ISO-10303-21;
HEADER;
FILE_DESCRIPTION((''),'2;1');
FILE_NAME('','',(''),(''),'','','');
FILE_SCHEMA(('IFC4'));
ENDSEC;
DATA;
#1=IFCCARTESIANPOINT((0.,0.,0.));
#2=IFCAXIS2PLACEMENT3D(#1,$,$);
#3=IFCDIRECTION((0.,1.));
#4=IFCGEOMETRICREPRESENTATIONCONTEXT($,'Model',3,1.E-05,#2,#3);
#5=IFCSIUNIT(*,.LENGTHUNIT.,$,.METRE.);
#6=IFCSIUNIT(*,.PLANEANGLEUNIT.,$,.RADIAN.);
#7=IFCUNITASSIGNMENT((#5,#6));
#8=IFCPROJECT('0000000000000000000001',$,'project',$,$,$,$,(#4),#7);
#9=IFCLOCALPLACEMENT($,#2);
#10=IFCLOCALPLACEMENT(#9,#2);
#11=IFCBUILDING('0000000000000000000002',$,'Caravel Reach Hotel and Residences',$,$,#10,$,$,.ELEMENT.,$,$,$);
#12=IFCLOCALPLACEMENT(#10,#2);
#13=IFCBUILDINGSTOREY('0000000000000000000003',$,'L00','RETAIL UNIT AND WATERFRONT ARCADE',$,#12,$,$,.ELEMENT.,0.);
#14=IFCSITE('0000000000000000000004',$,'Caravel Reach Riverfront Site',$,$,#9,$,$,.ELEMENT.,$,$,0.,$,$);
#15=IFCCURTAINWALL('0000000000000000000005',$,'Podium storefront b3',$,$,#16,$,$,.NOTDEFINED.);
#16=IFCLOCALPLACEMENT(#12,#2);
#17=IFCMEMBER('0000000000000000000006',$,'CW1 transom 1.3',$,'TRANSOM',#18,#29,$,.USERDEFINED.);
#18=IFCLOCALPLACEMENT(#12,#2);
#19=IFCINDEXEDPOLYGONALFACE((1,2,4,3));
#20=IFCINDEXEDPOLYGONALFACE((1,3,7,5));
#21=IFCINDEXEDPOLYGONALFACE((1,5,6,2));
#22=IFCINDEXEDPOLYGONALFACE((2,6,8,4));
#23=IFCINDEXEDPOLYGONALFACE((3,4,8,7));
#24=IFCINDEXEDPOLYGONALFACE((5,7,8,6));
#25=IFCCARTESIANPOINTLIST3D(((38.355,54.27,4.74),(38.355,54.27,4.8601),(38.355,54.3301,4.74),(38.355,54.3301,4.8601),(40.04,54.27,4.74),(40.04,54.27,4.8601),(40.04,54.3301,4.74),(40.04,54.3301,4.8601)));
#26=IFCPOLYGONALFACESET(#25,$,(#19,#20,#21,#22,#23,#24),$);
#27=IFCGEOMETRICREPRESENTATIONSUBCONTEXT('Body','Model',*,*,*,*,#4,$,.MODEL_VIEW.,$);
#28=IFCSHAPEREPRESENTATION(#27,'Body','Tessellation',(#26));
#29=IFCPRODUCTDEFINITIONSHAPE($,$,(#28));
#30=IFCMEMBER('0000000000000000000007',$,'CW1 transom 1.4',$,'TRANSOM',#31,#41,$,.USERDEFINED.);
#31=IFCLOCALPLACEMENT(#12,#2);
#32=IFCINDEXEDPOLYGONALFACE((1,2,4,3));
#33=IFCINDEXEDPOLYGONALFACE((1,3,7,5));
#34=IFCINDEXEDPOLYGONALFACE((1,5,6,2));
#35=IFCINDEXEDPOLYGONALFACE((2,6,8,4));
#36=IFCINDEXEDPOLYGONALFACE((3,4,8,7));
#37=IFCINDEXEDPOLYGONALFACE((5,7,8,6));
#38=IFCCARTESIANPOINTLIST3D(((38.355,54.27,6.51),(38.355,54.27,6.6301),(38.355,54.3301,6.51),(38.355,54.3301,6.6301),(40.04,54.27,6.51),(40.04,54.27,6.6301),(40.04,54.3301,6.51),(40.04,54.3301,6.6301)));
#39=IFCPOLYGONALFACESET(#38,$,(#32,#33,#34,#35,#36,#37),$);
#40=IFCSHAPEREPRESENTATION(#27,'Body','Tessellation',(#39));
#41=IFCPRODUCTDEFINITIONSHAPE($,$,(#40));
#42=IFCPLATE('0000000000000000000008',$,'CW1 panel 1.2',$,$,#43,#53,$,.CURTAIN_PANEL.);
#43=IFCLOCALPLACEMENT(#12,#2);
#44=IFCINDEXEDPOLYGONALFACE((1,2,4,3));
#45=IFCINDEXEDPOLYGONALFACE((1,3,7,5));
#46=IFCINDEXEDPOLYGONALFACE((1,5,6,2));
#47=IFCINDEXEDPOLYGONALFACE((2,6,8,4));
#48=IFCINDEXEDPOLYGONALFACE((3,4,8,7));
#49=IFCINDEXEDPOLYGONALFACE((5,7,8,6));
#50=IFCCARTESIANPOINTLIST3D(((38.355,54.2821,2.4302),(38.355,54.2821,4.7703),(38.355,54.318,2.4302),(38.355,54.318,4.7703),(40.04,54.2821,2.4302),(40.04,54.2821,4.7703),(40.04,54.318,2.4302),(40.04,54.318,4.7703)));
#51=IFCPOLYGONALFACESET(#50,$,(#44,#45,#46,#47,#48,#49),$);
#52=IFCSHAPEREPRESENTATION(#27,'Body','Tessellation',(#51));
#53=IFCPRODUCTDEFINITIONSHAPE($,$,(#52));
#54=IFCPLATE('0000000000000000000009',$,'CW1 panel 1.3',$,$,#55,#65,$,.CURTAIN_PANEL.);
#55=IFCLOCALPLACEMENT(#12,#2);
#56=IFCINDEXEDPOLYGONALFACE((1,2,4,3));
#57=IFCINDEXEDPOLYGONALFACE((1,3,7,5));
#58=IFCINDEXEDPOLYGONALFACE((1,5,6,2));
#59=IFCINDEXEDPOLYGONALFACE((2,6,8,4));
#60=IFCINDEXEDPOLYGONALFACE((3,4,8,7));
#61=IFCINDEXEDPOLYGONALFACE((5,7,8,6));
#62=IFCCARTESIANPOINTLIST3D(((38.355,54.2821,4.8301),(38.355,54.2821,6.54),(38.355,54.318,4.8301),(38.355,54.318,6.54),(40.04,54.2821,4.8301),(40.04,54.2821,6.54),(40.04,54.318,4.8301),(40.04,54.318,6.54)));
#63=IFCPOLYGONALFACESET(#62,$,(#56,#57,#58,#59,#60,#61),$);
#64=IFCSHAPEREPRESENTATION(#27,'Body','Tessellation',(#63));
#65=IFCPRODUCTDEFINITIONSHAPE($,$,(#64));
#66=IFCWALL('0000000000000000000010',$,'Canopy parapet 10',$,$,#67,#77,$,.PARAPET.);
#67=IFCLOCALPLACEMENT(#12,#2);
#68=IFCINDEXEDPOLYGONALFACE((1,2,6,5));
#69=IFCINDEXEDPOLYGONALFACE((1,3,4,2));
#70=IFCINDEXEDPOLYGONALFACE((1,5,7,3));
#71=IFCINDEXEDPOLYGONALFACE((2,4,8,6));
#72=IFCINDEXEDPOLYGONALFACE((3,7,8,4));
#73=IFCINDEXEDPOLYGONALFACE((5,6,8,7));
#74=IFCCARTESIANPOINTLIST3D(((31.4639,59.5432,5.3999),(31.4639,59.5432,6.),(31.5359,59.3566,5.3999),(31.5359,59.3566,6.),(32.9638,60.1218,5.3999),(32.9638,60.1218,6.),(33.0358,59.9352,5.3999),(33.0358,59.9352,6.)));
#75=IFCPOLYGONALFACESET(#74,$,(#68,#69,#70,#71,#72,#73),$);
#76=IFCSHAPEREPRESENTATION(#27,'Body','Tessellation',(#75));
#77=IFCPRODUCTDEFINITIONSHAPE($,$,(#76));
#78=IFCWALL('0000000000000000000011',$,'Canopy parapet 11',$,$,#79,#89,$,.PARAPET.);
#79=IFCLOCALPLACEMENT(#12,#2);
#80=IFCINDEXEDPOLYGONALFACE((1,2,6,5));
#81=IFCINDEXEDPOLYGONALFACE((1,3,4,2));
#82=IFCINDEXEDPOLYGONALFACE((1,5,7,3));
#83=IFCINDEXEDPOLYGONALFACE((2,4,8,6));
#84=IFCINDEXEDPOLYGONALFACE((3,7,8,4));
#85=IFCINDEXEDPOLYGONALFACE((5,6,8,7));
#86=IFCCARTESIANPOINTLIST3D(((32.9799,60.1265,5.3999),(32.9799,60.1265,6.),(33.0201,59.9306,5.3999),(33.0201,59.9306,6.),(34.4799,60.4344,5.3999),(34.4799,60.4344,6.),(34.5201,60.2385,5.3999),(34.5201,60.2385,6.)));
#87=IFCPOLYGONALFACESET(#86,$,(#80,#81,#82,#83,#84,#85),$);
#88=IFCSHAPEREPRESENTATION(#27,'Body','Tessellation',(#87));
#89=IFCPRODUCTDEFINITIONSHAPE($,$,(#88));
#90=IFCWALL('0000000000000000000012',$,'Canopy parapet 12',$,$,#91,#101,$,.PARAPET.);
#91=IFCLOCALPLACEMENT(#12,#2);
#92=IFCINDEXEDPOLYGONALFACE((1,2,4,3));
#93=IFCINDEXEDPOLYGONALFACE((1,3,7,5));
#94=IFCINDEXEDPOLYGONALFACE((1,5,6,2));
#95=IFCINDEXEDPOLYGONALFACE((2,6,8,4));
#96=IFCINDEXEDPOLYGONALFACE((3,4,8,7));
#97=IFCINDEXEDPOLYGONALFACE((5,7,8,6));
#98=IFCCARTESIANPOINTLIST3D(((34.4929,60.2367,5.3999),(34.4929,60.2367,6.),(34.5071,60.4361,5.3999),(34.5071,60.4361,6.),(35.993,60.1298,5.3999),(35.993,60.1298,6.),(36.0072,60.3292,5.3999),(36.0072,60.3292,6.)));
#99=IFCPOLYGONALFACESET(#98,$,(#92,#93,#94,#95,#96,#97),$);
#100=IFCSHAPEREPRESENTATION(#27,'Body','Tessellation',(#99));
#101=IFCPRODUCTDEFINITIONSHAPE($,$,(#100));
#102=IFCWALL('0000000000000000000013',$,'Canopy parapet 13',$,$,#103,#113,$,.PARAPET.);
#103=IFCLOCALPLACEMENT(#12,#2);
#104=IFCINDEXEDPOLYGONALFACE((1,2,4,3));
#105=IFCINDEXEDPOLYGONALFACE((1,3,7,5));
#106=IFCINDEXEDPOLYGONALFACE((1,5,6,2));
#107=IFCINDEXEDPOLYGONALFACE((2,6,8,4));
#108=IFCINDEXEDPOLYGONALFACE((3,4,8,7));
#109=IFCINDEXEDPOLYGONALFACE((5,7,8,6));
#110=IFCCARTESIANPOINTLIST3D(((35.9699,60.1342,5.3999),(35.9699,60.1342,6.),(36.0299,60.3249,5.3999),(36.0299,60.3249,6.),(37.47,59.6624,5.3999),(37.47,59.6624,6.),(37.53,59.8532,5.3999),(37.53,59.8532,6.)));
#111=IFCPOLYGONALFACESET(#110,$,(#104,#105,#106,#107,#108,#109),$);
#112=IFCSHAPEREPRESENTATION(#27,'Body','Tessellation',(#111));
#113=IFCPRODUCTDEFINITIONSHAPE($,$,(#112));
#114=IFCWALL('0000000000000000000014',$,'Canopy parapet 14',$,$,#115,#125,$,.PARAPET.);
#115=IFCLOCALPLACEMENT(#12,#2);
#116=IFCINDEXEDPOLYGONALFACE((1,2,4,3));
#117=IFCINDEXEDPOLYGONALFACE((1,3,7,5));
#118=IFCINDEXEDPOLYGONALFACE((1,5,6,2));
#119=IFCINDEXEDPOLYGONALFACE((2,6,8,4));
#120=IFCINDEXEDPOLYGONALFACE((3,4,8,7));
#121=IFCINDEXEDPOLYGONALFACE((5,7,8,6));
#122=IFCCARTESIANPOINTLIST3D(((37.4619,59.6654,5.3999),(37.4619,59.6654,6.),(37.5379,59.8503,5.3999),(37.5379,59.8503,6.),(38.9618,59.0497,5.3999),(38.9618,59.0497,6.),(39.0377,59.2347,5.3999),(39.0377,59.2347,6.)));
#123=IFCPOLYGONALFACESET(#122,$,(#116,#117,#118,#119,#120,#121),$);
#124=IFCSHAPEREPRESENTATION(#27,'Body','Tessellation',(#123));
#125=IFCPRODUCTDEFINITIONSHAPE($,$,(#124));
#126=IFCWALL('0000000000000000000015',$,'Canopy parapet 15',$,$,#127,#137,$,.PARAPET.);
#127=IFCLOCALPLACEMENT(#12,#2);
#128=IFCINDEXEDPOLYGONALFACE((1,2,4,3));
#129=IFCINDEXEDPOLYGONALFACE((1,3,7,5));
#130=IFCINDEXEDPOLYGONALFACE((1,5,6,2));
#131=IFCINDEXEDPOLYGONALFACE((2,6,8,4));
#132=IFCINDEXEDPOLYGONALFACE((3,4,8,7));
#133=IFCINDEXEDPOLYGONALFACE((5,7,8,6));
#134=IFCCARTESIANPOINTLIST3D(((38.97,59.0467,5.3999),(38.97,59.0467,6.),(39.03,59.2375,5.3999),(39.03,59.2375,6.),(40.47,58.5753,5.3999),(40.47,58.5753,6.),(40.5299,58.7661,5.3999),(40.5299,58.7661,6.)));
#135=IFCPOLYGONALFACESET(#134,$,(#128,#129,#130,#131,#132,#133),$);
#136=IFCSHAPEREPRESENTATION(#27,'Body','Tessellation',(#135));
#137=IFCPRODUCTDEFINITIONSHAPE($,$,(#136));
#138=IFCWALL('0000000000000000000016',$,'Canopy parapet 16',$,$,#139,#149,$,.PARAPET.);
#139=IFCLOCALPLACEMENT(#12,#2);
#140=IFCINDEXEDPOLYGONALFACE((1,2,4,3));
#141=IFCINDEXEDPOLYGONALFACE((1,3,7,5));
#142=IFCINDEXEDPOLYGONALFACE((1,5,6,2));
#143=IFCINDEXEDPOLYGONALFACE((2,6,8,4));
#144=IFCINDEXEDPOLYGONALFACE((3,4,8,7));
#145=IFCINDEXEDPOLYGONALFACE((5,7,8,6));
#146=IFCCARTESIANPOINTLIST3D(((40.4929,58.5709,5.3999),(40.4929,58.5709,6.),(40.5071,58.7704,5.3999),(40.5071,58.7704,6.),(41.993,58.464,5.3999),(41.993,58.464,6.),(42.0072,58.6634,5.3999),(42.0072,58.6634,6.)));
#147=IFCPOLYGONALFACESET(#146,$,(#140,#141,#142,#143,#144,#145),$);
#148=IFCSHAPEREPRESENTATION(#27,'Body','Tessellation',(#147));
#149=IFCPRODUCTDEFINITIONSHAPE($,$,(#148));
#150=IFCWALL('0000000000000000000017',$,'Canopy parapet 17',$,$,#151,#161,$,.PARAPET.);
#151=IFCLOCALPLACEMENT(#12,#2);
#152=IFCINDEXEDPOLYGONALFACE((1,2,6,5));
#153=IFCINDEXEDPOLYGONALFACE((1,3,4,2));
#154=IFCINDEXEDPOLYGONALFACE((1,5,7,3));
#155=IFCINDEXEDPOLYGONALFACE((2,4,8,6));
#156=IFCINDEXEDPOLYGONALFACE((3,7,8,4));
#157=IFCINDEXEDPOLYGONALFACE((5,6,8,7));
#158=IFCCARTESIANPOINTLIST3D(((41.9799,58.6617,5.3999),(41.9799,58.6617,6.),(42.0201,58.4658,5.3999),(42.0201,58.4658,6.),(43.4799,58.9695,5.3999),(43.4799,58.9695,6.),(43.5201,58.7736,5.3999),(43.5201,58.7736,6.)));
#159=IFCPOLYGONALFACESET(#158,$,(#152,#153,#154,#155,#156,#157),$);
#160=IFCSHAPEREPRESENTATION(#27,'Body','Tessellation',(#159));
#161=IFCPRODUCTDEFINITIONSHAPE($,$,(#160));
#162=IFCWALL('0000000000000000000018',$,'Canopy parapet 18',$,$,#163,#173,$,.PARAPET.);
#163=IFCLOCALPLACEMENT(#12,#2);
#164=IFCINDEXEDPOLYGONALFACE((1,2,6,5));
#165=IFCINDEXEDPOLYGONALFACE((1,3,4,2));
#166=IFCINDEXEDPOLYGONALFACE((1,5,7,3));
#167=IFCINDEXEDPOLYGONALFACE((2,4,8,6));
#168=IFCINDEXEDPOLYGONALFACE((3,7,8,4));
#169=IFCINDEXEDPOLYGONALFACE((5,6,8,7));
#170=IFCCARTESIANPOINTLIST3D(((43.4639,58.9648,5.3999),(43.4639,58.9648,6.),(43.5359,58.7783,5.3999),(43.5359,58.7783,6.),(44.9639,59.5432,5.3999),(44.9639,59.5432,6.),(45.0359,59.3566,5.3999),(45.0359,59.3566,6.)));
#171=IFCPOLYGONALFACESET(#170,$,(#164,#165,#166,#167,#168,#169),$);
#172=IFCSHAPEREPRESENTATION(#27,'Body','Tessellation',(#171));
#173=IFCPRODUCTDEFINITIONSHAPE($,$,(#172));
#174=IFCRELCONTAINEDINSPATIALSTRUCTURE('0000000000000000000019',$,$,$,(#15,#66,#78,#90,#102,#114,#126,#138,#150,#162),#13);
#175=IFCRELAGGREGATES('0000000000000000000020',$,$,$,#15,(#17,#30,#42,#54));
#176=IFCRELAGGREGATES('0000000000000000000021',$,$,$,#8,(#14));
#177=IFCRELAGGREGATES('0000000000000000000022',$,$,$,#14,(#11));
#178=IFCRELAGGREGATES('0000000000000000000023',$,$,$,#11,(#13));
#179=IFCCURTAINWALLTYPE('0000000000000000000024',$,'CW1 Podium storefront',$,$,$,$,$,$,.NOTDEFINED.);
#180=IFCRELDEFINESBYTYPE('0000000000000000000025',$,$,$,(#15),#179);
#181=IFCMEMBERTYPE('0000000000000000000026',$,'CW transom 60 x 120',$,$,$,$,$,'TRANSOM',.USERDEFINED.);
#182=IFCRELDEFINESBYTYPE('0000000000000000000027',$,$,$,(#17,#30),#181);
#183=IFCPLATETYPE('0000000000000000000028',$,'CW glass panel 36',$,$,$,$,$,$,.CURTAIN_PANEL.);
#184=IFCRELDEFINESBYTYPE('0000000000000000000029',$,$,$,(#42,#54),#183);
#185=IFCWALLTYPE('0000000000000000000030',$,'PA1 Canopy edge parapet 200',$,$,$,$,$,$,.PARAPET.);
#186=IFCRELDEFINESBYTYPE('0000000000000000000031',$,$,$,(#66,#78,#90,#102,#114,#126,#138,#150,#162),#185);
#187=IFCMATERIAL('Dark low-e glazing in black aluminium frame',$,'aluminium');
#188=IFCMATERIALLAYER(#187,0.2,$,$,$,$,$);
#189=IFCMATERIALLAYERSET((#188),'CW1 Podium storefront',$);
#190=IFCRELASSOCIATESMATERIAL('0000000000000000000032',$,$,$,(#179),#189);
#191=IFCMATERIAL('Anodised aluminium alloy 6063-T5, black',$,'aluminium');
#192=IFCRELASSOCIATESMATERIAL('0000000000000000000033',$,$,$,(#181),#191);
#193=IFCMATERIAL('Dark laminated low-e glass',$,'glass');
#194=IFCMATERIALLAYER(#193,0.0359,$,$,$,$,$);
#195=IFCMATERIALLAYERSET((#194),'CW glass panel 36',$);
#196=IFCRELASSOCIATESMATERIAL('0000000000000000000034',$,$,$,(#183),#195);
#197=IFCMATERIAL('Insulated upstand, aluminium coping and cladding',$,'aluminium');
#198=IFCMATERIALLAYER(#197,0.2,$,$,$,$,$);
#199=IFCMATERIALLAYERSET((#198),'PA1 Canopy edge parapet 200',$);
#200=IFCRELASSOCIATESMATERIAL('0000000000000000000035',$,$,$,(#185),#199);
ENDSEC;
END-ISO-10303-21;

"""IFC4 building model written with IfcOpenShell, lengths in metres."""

from ifc_helpers import new_model, si_unit, direction, frame, frame_2d, origin, origin_2d, place, context, subcontext, project, spatial, rectangle, extrude, material, layer, layer_set, material_profile, profile_set, type_object, element, aggregate, save


model = new_model("IFC4")

# Units and contexts
model_context = context("Model", 3, precision=1e-05, world=origin(), true_north=direction((0.0, 1.0)))
body_context = subcontext(model_context, "Body", "Model", "MODEL_VIEW")
ifc_project = project(units=[si_unit("LENGTHUNIT", "METRE"), si_unit("PLANEANGLEUNIT", "RADIAN")], contexts=[model_context])

# Site, building, storey
site_placement = place(None, origin())
site = spatial("IfcSite", under=ifc_project, at=site_placement, Name="Caravel Reach Riverfront Site", CompositionType="ELEMENT", RefElevation=0.0)
building_placement = place(site_placement, origin())
building = spatial("IfcBuilding", under=site, at=building_placement, Name="Caravel Reach Hotel and Residences", CompositionType="ELEMENT")
storey_placement = place(building_placement, origin())
storey = spatial("IfcBuildingStorey", under=building, at=storey_placement, Name="L00", Description="RETAIL UNIT AND WATERFRONT ARCADE", CompositionType="ELEMENT", Elevation=0.0)

# Curtain wall, members, plates
ifc_material_1 = material(Name="Dark low-e glazing in black aluminium frame", Category="aluminium")
ifc_layer_1 = layer(ifc_material_1, 0.2)
ifc_layer_set_1 = layer_set([ifc_layer_1], Name="CW1 Podium storefront")
curtain_wall_type = type_object("IfcCurtainWallType", Name="CW1 Podium storefront", PredefinedType="NOTDEFINED", material=ifc_layer_set_1)
curtain_wall_placement = place(storey_placement, origin())
curtain_wall = element("IfcCurtainWall", 1, at=curtain_wall_placement, inside=storey, type_object=curtain_wall_type, Name="Podium storefront b3", PredefinedType="NOTDEFINED")
ifc_material_2 = material(Name="Anodised aluminium alloy 6063-T5, black", Category="aluminium")
ifc_material_profile_1 = material_profile(ifc_material_2, rectangle(XDim=0.0601, YDim=0.1201, at=origin_2d()), Name="CW transom 60 x 120")
ifc_profile_set_1 = profile_set([ifc_material_profile_1], Name="Anodised aluminium alloy 6063-T5, black")
member_type_1 = type_object("IfcMemberType", Name="CW transom 60 x 120", ElementType="TRANSOM", PredefinedType="USERDEFINED", material=ifc_profile_set_1)
member_1_placement = place(storey_placement, frame((40.04, 54.3, 4.8), z_axis=(-1.0, 0.0, 0.0), x_axis=(0.0, -1.0, 0.0)))
member_1 = element("IfcMember", 2, at=member_1_placement, type_object=member_type_1, Name="CW1 transom 1.3", ObjectType="TRANSOM", PredefinedType="USERDEFINED", context=body_context, shape_type="SweptSolid", body=[
    extrude(rectangle(XDim=0.0601, YDim=0.1201, at=origin_2d()), origin(), (0.0, 0.0, 1.0), 1.6851),
])
member_2_placement = place(storey_placement, frame((40.04, 54.3, 6.5701), z_axis=(-1.0, 0.0, 0.0), x_axis=(0.0, -1.0, 0.0)))
member_2 = element("IfcMember", 3, at=member_2_placement, type_object=member_type_1, Name="CW1 transom 1.4", ObjectType="TRANSOM", PredefinedType="USERDEFINED", context=body_context, shape_type="SweptSolid", body=[
    extrude(rectangle(XDim=0.0601, YDim=0.1201, at=origin_2d()), origin(), (0.0, 0.0, 1.0), 1.6851),
])
ifc_material_3 = material(Name="Dark laminated low-e glass", Category="glass")
ifc_layer_2 = layer(ifc_material_3, 0.0359)
ifc_layer_set_2 = layer_set([ifc_layer_2], Name="CW glass panel 36")
plate_type = type_object("IfcPlateType", Name="CW glass panel 36", PredefinedType="CURTAIN_PANEL", material=ifc_layer_set_2)
plate_1_placement = place(storey_placement, frame((39.1975, 54.3, 2.4302), z_axis=(0.0, 0.0, 1.0), x_axis=(-1.0, 0.0, 0.0)))
plate_1 = element("IfcPlate", 4, at=plate_1_placement, type_object=plate_type, Name="CW1 panel 1.2", PredefinedType="CURTAIN_PANEL", context=body_context, shape_type="SweptSolid", body=[
    extrude(rectangle(XDim=1.6851, YDim=0.0359, at=origin_2d()), origin(), (0.0, 0.0, 1.0), 2.3401),
])
plate_2_placement = place(storey_placement, frame((39.1975, 54.3, 4.8301), z_axis=(0.0, 0.0, 1.0), x_axis=(-1.0, 0.0, 0.0)))
plate_2 = element("IfcPlate", 5, at=plate_2_placement, type_object=plate_type, Name="CW1 panel 1.3", PredefinedType="CURTAIN_PANEL", context=body_context, shape_type="SweptSolid", body=[
    extrude(rectangle(XDim=1.6851, YDim=0.0359, at=origin_2d()), origin(), (0.0, 0.0, 1.0), 1.71),
])
aggregate(curtain_wall, [member_1, member_2, plate_1, plate_2])

# Walls
ifc_material_4 = material(Name="Insulated upstand, aluminium coping and cladding", Category="aluminium")
ifc_layer_3 = layer(ifc_material_4, 0.2)
ifc_layer_set_3 = layer_set([ifc_layer_3], Name="PA1 Canopy edge parapet 200")
wall_type = type_object("IfcWallType", Name="PA1 Canopy edge parapet 200", PredefinedType="PARAPET", material=ifc_layer_set_3)
wall_1_placement = place(storey_placement, frame((31.5, 59.45, 5.3999), z_axis=(0.0, 0.0, 1.0), x_axis=(0.932993, 0.359895, 0.0)))
element("IfcWall", 6, at=wall_1_placement, inside=storey, type_object=wall_type, Name="Canopy parapet 10", PredefinedType="PARAPET", context=body_context, shape_type="SweptSolid", body=[
    extrude(rectangle(XDim=1.6077, YDim=0.2, at=frame_2d((0.8037, 0.0))), origin(), (0.0, 0.0, 1.0), 0.6001),
])
wall_2_placement = place(storey_placement, frame((33.0, 60.0286, 5.3999), z_axis=(0.0, 0.0, 1.0), x_axis=(0.979581, 0.20105, 0.0)))
element("IfcWall", 7, at=wall_2_placement, inside=storey, type_object=wall_type, Name="Canopy parapet 11", PredefinedType="PARAPET", context=body_context, shape_type="SweptSolid", body=[
    extrude(rectangle(XDim=1.5312, YDim=0.2, at=frame_2d((0.7656, 0.0))), origin(), (0.0, 0.0, 1.0), 0.6001),
])
wall_3_placement = place(storey_placement, frame((34.5, 60.3364, 5.3999), z_axis=(0.0, 0.0, 1.0), x_axis=(0.997469, -0.071109, 0.0)))
element("IfcWall", 8, at=wall_3_placement, inside=storey, type_object=wall_type, Name="Canopy parapet 12", PredefinedType="PARAPET", context=body_context, shape_type="SweptSolid", body=[
    extrude(rectangle(XDim=1.5039, YDim=0.2, at=frame_2d((0.752, 0.0))), origin(), (0.0, 0.0, 1.0), 0.6001),
])
wall_4_placement = place(storey_placement, frame((36.0, 60.2295, 5.3999), z_axis=(0.0, 0.0, 1.0), x_axis=(0.953948, -0.299972, 0.0)))
element("IfcWall", 9, at=wall_4_placement, inside=storey, type_object=wall_type, Name="Canopy parapet 13", PredefinedType="PARAPET", context=body_context, shape_type="SweptSolid", body=[
    extrude(rectangle(XDim=1.5725, YDim=0.2, at=frame_2d((0.7861, 0.0))), origin(), (0.0, 0.0, 1.0), 0.6001),
])
wall_5_placement = place(storey_placement, frame((37.5, 59.7578, 5.3999), z_axis=(0.0, 0.0, 1.0), x_axis=(0.925095, -0.379735, 0.0)))
element("IfcWall", 10, at=wall_5_placement, inside=storey, type_object=wall_type, Name="Canopy parapet 14", PredefinedType="PARAPET", context=body_context, shape_type="SweptSolid", body=[
    extrude(rectangle(XDim=1.6213, YDim=0.2, at=frame_2d((0.8105, 0.0))), origin(), (0.0, 0.0, 1.0), 0.6001),
])
wall_6_placement = place(storey_placement, frame((39.0, 59.1421, 5.3999), z_axis=(0.0, 0.0, 1.0), x_axis=(0.953992, -0.299831, 0.0)))
element("IfcWall", 11, at=wall_6_placement, inside=storey, type_object=wall_type, Name="Canopy parapet 15", PredefinedType="PARAPET", context=body_context, shape_type="SweptSolid", body=[
    extrude(rectangle(XDim=1.5723, YDim=0.2, at=frame_2d((0.7861, 0.0))), origin(), (0.0, 0.0, 1.0), 0.6001),
])
wall_7_placement = place(storey_placement, frame((40.5, 58.6707, 5.3999), z_axis=(0.0, 0.0, 1.0), x_axis=(0.997469, -0.071109, 0.0)))
element("IfcWall", 12, at=wall_7_placement, inside=storey, type_object=wall_type, Name="Canopy parapet 16", PredefinedType="PARAPET", context=body_context, shape_type="SweptSolid", body=[
    extrude(rectangle(XDim=1.5039, YDim=0.2, at=frame_2d((0.752, 0.0))), origin(), (0.0, 0.0, 1.0), 0.6001),
])
wall_8_placement = place(storey_placement, frame((42.0, 58.5637, 5.3999), z_axis=(0.0, 0.0, 1.0), x_axis=(0.979581, 0.20105, 0.0)))
element("IfcWall", 13, at=wall_8_placement, inside=storey, type_object=wall_type, Name="Canopy parapet 17", PredefinedType="PARAPET", context=body_context, shape_type="SweptSolid", body=[
    extrude(rectangle(XDim=1.5312, YDim=0.2, at=frame_2d((0.7656, 0.0))), origin(), (0.0, 0.0, 1.0), 0.6001),
])
wall_9_placement = place(storey_placement, frame((43.5, 58.8716, 5.3999), z_axis=(0.0, 0.0, 1.0), x_axis=(0.933044, 0.359763, 0.0)))
element("IfcWall", 14, at=wall_9_placement, inside=storey, type_object=wall_type, Name="Canopy parapet 18", PredefinedType="PARAPET", context=body_context, shape_type="SweptSolid", body=[
    extrude(rectangle(XDim=1.6077, YDim=0.2, at=frame_2d((0.8037, 0.0))), origin(), (0.0, 0.0, 1.0), 0.6001),
])

save(model, "model.ifc")
